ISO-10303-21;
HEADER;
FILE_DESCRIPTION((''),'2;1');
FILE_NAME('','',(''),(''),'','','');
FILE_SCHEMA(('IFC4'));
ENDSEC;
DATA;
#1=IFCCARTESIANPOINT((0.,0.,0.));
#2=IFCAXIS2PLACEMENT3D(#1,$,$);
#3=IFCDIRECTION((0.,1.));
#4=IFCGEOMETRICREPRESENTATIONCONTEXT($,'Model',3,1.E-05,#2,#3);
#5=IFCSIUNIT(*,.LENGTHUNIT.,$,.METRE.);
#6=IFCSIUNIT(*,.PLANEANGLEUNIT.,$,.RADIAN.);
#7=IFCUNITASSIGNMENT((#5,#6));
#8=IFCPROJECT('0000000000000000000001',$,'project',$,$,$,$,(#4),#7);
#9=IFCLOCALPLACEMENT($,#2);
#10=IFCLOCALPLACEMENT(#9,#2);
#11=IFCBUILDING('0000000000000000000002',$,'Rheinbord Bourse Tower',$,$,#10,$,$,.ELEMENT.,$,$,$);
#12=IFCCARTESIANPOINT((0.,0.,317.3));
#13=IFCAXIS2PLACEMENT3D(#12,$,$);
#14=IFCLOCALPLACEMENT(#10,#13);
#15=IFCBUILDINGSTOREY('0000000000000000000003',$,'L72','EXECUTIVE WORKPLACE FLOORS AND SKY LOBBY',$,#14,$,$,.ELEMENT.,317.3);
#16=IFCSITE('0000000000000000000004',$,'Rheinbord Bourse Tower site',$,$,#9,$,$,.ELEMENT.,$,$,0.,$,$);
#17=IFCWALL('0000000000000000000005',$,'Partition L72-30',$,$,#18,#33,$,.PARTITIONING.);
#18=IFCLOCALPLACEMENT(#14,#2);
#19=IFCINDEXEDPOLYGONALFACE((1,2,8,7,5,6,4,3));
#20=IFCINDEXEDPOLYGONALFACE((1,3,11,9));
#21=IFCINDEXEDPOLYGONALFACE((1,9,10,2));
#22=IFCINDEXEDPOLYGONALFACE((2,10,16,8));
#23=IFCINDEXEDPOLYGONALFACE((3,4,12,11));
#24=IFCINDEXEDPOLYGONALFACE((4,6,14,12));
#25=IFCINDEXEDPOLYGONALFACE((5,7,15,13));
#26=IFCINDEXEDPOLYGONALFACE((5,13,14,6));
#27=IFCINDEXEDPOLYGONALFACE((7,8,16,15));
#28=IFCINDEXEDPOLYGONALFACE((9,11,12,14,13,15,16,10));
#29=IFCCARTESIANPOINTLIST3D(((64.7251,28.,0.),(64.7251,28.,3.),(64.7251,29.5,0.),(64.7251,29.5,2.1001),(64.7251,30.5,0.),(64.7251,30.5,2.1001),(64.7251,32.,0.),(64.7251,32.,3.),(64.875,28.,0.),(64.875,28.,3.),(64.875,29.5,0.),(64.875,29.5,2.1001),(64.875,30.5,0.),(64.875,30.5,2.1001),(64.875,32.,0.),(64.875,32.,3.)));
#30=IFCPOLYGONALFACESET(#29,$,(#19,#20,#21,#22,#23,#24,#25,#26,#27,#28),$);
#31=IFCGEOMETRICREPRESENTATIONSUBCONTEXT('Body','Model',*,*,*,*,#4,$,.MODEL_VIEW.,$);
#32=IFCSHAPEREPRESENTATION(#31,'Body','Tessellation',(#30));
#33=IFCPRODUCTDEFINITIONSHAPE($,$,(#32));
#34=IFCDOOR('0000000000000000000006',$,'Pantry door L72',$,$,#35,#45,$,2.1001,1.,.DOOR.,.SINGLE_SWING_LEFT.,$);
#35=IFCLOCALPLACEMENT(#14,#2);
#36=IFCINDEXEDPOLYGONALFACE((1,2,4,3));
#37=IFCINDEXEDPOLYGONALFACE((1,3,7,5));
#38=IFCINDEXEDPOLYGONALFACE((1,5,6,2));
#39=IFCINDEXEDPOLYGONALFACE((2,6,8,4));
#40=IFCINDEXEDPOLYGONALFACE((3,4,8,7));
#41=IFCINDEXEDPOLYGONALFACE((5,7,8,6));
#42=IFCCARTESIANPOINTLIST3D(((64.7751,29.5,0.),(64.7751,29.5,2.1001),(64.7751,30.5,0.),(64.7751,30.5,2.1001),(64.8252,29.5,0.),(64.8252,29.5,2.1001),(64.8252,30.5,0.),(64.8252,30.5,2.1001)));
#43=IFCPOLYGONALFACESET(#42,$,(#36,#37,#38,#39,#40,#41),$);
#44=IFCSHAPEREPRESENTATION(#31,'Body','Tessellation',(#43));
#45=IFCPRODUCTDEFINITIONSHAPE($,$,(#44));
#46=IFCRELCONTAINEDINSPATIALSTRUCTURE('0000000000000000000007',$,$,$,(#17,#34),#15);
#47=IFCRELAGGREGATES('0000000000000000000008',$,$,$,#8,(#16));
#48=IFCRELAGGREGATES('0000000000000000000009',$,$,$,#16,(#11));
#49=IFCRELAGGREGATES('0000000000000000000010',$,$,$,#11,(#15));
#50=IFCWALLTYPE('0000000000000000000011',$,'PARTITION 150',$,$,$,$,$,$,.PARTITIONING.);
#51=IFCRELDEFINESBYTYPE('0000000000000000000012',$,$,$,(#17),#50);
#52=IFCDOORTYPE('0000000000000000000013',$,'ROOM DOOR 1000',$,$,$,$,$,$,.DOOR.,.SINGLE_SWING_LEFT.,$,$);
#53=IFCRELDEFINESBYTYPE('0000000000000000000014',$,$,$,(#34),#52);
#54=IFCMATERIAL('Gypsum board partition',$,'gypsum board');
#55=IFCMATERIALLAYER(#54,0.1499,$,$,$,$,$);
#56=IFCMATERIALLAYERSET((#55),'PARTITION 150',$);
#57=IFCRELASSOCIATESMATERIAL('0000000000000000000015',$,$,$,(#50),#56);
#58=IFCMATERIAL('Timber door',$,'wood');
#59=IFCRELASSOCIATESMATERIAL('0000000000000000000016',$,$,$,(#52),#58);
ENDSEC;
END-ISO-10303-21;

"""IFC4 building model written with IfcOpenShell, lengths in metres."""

from ifc_helpers import new_model, si_unit, direction, frame, frame_2d, origin, place, context, subcontext, project, spatial, rectangle, extrude, material, layer, layer_set, type_object, element, fill, save


model = new_model("IFC4")

# Units and contexts
model_context = context("Model", 3, precision=1e-05, world=origin(), true_north=direction((0.0, 1.0)))
body_context = subcontext(model_context, "Body", "Model", "MODEL_VIEW")
ifc_project = project(units=[si_unit("LENGTHUNIT", "METRE"), si_unit("PLANEANGLEUNIT", "RADIAN")], contexts=[model_context])

# Site, building, storey
site_placement = place(None, origin())
site = spatial("IfcSite", under=ifc_project, at=site_placement, Name="Rheinbord Bourse Tower site", CompositionType="ELEMENT", RefElevation=0.0)
building_placement = place(site_placement, origin())
building = spatial("IfcBuilding", under=site, at=building_placement, Name="Rheinbord Bourse Tower", CompositionType="ELEMENT")
storey_placement = place(building_placement, frame((0.0, 0.0, 317.3)))
storey = spatial("IfcBuildingStorey", under=building, at=storey_placement, Name="L72", Description="EXECUTIVE WORKPLACE FLOORS AND SKY LOBBY", CompositionType="ELEMENT", Elevation=317.3)

# Shared definitions
ifc_material_1 = material(Name="Gypsum board partition", Category="gypsum board")
ifc_layer_1 = layer(ifc_material_1, 0.1499)
ifc_layer_set_1 = layer_set([ifc_layer_1], Name="PARTITION 150")
wall_type_1 = type_object("IfcWallType", Name="PARTITION 150", PredefinedType="PARTITIONING", material=ifc_layer_set_1)

# Wall, opening, door
wall_1_placement = place(storey_placement, frame((64.8, 28.0, 0.0), z_axis=(0.0, 0.0, 1.0), x_axis=(0.0, 1.0, 0.0)))
wall_1 = element("IfcWall", 1, at=wall_1_placement, inside=storey, type_object=wall_type_1, Name="Partition L72-30", PredefinedType="PARTITIONING", context=body_context, shape_type="SweptSolid", body=[
    extrude(rectangle(XDim=4.0, YDim=0.1499, at=frame_2d((2.0, 0.0))), origin(), (0.0, 0.0, 1.0), 3.0),
])
opening_placement = place(wall_1_placement, frame((1.5, 0.0, 0.0)))
opening = element("IfcOpeningElement", 2, at=opening_placement, cuts=wall_1, PredefinedType="OPENING", context=body_context, shape_type="SweptSolid", body=[
    extrude(rectangle(XDim=1.0, YDim=2.1001, at=frame_2d((0.5, 1.05))), frame((0.0, 0.085, 0.0), z_axis=(0.0, -1.0, 0.0), x_axis=(1.0, 0.0, 0.0)), (0.0, 0.0, 1.0), 0.1699),
])
ifc_material_2 = material(Name="Timber door", Category="wood")
door_type = type_object("IfcDoorType", Name="ROOM DOOR 1000", OperationType="SINGLE_SWING_LEFT", PredefinedType="DOOR", material=ifc_material_2)
door_placement = place(opening_placement, origin())
door = element("IfcDoor", 3, at=door_placement, inside=storey, type_object=door_type, Name="Pantry door L72", OperationType="SINGLE_SWING_LEFT", OverallHeight=2.1001, OverallWidth=1.0, PredefinedType="DOOR", context=body_context, shape_type="SweptSolid", body=[
    extrude(rectangle(XDim=1.0, YDim=2.1001, at=frame_2d((0.5, 1.05))), frame((0.0, 0.0249, 0.0), z_axis=(0.0, -1.0, 0.0), x_axis=(1.0, 0.0, 0.0)), (0.0, 0.0, 1.0), 0.05),
])
fill(opening, door)

save(model, "model.ifc")
